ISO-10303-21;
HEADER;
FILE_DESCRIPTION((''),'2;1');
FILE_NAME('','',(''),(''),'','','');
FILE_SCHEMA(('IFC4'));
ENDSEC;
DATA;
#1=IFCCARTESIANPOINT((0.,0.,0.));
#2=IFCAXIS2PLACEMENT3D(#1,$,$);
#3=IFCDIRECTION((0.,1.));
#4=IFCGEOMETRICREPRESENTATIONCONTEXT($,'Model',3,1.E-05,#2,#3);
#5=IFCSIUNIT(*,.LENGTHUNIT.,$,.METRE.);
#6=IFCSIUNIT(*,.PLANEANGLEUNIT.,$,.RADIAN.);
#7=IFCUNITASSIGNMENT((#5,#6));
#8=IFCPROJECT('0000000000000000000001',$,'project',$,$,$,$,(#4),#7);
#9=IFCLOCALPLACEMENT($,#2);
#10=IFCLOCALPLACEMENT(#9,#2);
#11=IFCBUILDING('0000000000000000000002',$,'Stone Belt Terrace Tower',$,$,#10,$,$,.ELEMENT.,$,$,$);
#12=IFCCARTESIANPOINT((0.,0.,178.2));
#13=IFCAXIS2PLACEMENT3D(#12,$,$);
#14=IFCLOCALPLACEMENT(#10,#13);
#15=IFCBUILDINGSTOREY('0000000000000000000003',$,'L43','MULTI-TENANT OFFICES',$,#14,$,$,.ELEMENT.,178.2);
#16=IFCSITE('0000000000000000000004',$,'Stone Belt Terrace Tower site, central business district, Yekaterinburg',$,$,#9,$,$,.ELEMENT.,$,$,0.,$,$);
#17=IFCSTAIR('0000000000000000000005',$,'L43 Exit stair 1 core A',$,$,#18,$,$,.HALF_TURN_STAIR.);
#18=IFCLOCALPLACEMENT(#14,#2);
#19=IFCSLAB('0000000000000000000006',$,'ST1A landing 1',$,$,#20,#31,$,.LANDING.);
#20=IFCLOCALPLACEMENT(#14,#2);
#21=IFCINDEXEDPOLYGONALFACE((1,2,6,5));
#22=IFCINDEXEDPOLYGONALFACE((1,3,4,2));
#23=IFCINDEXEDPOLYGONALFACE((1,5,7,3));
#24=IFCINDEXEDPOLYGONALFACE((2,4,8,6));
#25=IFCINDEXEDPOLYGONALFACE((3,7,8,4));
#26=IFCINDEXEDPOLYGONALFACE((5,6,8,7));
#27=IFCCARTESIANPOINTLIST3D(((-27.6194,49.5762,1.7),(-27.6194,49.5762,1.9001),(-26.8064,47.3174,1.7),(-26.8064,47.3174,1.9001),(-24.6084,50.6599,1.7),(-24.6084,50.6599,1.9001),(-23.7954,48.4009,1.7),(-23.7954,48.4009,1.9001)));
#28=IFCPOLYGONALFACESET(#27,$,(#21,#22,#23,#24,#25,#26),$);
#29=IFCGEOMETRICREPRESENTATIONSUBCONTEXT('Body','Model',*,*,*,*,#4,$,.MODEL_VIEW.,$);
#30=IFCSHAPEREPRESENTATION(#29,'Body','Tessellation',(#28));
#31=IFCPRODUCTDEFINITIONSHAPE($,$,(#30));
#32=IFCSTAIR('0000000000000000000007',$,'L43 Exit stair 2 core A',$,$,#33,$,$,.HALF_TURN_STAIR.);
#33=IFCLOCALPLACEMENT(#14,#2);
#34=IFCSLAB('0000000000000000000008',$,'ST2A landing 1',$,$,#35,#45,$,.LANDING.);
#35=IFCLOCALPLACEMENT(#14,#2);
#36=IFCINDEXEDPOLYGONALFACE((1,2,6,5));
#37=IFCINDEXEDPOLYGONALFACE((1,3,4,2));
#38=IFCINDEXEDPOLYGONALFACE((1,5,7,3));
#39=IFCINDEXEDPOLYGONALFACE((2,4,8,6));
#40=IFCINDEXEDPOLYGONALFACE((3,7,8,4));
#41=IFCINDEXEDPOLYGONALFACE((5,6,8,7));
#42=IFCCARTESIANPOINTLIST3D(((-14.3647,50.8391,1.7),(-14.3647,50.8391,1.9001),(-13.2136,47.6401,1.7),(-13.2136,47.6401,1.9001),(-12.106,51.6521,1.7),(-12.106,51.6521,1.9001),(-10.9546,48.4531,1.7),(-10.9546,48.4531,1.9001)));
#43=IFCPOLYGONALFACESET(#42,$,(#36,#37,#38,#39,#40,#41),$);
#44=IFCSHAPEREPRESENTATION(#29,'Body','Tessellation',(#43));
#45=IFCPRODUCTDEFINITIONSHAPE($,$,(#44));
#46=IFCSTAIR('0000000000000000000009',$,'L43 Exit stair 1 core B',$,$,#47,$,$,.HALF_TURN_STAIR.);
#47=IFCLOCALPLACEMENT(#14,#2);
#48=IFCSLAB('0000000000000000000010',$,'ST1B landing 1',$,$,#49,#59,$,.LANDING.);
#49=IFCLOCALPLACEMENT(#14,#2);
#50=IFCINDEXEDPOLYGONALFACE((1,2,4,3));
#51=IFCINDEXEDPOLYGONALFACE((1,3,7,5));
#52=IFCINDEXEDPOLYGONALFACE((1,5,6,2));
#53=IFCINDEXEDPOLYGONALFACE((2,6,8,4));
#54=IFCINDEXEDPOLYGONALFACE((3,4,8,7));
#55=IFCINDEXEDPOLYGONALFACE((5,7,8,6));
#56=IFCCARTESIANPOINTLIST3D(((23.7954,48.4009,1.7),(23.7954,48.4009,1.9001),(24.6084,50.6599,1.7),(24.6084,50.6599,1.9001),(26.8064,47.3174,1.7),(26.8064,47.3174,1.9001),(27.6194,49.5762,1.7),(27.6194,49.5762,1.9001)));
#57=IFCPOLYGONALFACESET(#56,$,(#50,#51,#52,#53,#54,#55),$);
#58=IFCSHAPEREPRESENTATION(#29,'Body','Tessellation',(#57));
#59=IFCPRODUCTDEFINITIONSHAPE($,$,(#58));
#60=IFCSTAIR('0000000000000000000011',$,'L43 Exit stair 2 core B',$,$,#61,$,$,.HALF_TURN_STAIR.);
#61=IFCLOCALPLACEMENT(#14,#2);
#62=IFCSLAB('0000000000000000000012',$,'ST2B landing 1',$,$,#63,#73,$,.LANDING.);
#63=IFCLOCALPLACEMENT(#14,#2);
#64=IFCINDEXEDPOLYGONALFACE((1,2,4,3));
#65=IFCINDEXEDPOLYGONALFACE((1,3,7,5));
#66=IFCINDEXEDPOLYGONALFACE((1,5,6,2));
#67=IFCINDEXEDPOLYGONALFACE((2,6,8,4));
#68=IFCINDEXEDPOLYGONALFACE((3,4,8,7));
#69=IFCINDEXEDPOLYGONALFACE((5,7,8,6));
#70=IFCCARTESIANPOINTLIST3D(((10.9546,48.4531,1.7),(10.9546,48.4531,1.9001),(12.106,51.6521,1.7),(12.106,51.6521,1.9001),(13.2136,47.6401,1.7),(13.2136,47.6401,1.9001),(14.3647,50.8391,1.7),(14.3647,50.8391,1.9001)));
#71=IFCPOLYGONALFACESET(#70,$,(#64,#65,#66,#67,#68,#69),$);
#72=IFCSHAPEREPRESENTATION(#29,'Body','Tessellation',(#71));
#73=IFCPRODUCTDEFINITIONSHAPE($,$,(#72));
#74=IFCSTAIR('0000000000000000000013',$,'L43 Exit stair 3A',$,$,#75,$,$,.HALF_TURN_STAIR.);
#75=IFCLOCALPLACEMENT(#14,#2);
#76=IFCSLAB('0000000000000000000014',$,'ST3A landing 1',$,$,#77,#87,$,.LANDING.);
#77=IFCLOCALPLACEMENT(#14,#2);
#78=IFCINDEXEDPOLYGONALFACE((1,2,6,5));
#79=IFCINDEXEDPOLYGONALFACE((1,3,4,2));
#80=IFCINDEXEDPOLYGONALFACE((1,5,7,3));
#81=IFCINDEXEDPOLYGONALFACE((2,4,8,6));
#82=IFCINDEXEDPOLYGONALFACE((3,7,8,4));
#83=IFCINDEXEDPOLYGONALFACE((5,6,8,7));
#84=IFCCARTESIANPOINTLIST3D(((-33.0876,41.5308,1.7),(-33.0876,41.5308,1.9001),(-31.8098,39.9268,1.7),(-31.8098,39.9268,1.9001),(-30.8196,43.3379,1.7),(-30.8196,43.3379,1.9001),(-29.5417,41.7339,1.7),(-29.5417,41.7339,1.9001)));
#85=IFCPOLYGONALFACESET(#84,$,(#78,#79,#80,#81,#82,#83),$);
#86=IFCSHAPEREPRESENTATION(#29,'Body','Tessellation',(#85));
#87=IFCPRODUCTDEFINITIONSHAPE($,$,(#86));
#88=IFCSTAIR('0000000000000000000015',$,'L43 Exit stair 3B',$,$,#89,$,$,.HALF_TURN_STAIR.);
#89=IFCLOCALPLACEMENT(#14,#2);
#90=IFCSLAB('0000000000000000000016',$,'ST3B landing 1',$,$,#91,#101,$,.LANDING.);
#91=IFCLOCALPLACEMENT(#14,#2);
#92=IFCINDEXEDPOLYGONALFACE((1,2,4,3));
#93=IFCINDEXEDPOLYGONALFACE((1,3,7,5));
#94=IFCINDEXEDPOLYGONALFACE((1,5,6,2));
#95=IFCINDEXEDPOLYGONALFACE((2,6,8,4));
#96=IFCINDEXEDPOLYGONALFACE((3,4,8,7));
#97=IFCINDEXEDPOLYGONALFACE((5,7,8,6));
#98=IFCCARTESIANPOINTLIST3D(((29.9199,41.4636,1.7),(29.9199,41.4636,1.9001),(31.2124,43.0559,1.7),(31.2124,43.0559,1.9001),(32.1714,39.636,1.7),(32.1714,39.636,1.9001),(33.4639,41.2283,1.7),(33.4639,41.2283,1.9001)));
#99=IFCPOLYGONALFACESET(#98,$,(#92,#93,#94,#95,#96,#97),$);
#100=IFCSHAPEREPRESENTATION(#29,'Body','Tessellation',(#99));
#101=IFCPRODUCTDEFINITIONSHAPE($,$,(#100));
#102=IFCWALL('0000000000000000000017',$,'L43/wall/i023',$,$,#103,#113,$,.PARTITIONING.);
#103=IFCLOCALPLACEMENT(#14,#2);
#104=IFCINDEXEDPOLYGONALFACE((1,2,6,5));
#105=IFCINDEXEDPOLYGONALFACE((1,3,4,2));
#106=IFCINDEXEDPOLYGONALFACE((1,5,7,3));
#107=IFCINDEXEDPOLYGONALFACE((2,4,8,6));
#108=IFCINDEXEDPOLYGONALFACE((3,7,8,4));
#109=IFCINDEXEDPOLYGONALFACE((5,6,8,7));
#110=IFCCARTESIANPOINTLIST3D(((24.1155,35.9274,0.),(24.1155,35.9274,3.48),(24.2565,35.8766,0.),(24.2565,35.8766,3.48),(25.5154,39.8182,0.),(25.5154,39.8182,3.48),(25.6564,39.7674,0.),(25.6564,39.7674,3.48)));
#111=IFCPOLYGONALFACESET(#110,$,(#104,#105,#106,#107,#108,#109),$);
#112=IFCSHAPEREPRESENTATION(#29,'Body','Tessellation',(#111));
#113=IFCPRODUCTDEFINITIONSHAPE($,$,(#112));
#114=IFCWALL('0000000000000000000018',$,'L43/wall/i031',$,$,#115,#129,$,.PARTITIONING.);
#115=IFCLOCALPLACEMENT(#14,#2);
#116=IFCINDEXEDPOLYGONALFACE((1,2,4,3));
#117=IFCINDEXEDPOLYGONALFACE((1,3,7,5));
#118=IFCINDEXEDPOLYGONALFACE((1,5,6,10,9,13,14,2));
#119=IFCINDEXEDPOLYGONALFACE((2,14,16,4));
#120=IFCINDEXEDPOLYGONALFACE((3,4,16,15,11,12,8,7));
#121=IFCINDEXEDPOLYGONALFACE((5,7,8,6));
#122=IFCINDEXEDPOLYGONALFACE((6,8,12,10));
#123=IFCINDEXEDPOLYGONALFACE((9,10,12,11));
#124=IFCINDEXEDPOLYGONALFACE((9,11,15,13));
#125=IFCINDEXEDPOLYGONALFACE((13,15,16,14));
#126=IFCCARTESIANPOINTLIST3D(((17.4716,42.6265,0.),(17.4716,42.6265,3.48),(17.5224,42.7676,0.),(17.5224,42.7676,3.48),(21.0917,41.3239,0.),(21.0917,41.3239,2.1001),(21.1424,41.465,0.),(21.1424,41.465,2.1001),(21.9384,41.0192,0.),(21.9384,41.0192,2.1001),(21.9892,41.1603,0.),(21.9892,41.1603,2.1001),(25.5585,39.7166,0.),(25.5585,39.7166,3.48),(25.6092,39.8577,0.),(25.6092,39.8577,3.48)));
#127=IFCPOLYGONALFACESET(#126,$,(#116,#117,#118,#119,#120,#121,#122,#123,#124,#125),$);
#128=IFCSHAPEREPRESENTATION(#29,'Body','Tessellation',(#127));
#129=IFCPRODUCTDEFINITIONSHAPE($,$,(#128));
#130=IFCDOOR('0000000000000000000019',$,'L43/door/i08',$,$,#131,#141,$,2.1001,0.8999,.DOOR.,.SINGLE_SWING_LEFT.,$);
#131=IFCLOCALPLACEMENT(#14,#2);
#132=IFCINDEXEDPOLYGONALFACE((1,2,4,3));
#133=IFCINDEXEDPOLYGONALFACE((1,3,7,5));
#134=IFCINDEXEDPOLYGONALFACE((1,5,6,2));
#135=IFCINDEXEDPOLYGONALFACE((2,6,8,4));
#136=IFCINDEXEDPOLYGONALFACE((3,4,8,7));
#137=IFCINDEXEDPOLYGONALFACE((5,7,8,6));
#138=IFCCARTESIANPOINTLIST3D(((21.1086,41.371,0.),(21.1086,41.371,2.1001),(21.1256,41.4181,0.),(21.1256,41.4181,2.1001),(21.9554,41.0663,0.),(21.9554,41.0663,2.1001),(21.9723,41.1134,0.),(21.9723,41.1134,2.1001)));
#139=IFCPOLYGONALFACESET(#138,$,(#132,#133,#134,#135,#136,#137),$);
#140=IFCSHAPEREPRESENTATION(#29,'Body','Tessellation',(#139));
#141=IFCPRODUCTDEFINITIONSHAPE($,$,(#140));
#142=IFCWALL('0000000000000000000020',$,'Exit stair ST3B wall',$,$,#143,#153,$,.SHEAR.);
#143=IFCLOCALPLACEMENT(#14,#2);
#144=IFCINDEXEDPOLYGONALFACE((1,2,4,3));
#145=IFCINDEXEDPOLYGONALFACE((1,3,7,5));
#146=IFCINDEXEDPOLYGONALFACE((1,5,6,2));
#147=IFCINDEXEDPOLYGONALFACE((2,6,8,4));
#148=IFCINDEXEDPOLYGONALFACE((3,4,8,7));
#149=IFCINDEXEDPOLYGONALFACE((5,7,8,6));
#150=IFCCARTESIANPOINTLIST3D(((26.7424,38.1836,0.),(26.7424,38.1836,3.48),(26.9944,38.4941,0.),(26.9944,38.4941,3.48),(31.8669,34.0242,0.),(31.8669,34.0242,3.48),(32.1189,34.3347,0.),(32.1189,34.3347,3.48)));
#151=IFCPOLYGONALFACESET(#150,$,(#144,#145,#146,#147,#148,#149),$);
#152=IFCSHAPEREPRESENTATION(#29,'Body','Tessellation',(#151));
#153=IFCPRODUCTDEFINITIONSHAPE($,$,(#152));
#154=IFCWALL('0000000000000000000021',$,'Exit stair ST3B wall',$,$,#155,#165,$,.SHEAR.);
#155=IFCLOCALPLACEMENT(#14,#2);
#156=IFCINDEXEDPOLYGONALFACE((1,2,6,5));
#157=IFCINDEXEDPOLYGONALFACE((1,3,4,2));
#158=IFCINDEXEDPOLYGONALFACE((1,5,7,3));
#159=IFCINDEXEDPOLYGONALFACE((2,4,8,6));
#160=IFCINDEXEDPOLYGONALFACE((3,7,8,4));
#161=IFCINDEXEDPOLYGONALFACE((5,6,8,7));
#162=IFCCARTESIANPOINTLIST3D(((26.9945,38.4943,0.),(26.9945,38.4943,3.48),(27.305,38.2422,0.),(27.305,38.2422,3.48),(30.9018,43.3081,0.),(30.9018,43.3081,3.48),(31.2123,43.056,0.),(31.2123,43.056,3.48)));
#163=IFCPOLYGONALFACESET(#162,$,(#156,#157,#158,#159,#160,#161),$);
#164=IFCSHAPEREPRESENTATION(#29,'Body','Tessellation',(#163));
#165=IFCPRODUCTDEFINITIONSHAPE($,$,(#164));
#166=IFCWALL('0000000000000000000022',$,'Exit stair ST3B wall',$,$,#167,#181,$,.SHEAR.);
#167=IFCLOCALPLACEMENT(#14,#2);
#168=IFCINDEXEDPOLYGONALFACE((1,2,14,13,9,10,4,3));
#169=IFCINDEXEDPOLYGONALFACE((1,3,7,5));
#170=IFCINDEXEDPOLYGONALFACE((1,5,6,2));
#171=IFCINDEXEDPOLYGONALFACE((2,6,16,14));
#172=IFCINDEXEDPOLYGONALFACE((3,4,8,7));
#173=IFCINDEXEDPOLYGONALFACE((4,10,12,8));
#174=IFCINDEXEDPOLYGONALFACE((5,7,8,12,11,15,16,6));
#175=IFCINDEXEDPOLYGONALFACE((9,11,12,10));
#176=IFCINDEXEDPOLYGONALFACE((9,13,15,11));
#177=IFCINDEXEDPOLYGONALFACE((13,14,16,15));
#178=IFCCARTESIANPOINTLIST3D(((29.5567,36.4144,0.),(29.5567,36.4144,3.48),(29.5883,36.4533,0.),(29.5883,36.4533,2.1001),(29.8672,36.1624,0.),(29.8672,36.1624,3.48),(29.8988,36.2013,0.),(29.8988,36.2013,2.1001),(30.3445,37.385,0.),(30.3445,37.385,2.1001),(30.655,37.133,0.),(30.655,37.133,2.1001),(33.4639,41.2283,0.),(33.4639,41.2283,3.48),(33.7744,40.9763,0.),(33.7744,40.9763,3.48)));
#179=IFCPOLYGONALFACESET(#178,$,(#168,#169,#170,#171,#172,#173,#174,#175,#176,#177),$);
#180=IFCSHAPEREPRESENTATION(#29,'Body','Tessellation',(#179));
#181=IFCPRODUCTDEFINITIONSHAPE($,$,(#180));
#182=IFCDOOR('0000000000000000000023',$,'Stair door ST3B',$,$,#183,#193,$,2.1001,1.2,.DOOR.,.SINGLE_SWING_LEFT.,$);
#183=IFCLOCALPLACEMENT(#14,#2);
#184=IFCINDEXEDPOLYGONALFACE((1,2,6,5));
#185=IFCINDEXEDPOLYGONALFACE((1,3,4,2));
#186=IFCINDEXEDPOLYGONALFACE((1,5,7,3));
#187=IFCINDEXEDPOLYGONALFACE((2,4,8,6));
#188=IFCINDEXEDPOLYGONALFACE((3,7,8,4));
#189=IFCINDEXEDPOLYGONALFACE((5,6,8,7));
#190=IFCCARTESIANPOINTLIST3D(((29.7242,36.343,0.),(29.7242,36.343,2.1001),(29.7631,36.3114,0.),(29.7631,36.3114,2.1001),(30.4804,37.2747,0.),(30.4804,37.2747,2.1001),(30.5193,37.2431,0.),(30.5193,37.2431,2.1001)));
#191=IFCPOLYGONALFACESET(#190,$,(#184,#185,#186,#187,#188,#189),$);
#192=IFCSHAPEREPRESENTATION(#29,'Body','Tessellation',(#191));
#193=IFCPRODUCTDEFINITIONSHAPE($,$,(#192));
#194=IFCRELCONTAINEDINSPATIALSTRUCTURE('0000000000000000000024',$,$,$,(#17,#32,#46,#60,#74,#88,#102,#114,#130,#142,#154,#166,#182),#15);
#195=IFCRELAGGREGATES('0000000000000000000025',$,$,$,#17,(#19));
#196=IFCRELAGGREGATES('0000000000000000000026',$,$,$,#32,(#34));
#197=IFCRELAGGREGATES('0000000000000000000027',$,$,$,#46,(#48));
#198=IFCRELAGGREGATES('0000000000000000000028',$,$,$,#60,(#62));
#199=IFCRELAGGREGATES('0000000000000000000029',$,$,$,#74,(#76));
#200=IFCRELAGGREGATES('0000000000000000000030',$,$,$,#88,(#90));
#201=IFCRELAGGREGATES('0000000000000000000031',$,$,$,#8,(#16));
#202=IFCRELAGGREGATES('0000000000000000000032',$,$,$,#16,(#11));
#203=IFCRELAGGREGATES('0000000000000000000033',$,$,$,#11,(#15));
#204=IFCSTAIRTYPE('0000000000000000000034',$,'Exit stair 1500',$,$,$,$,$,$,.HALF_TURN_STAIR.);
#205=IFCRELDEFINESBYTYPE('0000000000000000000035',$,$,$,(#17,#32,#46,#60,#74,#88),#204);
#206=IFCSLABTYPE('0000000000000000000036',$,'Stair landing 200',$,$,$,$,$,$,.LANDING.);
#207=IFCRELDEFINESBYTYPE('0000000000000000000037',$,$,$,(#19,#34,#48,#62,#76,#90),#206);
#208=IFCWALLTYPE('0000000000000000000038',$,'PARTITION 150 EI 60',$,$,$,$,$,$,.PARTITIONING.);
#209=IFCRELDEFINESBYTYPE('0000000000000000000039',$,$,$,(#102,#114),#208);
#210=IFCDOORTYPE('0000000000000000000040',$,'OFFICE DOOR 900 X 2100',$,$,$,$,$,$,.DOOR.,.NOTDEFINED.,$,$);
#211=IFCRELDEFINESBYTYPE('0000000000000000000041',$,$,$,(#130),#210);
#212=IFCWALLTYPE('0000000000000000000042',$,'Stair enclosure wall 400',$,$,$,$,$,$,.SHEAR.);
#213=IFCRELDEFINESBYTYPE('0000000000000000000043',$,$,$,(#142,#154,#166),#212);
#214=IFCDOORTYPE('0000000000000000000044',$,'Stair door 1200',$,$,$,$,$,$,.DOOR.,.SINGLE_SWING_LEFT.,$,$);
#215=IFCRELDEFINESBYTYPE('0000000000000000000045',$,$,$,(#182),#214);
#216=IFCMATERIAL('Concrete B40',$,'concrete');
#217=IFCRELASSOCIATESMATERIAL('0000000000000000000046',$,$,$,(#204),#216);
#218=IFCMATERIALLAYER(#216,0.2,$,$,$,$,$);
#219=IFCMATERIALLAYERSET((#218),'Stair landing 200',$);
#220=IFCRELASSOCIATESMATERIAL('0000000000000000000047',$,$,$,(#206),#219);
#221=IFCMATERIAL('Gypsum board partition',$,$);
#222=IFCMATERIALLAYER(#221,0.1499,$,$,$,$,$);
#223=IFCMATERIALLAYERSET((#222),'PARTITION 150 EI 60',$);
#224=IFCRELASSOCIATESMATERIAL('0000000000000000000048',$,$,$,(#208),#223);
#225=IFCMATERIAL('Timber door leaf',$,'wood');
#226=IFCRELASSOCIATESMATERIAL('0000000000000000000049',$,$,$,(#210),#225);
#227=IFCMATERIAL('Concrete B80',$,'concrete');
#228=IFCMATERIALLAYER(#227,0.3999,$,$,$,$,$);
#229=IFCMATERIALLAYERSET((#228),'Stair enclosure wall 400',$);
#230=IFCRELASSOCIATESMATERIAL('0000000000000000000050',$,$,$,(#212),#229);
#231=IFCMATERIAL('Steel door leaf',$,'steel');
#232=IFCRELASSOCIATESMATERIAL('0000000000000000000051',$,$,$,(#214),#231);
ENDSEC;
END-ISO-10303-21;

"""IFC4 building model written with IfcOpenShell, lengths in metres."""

from ifc_helpers import new_model, si_unit, direction, frame, frame_2d, origin, place, context, subcontext, project, spatial, polyline, rectangle, outline, extrude, material, layer, layer_set, type_object, element, fill, aggregate, save


model = new_model("IFC4")

# Units and contexts
model_context = context("Model", 3, precision=1e-05, world=origin(), true_north=direction((0.0, 1.0)))
body_context = subcontext(model_context, "Body", "Model", "MODEL_VIEW")
ifc_project = project(units=[si_unit("LENGTHUNIT", "METRE"), si_unit("PLANEANGLEUNIT", "RADIAN")], contexts=[model_context])

# Site, building, storey
site_placement = place(None, origin())
site = spatial("IfcSite", under=ifc_project, at=site_placement, Name="Stone Belt Terrace Tower site, central business district, Yekaterinburg", CompositionType="ELEMENT", RefElevation=0.0)
building_placement = place(site_placement, origin())
building = spatial("IfcBuilding", under=site, at=building_placement, Name="Stone Belt Terrace Tower", CompositionType="ELEMENT")
storey_placement = place(building_placement, frame((0.0, 0.0, 178.2)))
storey = spatial("IfcBuildingStorey", under=building, at=storey_placement, Name="L43", Description="MULTI-TENANT OFFICES", CompositionType="ELEMENT", Elevation=178.2)

# Shared definitions
ifc_material_1 = material(Name="Concrete B80", Category="concrete")

# Shared definitions
ifc_material_2 = material(Name="Concrete B40", Category="concrete")

# Stairs, slabs
stair_type = type_object("IfcStairType", Name="Exit stair 1500", PredefinedType="HALF_TURN_STAIR", material=ifc_material_2)
stair_1_placement = place(storey_placement, origin())
stair_1 = element("IfcStair", 1, at=stair_1_placement, inside=storey, type_object=stair_type, Name="L43 Exit stair 1 core A", PredefinedType="HALF_TURN_STAIR")
ifc_layer_1 = layer(ifc_material_2, 0.2)
ifc_layer_set_1 = layer_set([ifc_layer_1], Name="Stair landing 200")
slab_type_1 = type_object("IfcSlabType", Name="Stair landing 200", PredefinedType="LANDING", material=ifc_layer_set_1)
slab_1_placement = place(storey_placement, frame((0.0, 0.0, 1.7)))
slab_1 = element("IfcSlab", 2, at=slab_1_placement, type_object=slab_type_1, Name="ST1A landing 1", PredefinedType="LANDING", context=body_context, shape_type="SweptSolid", body=[
    extrude(outline(polyline([(-23.7954, 48.4009), (-24.6084, 50.6599), (-27.6194, 49.5762), (-26.8064, 47.3174), (-23.7954, 48.4009)])), origin(), (0.0, 0.0, 1.0), 0.2002),
])
aggregate(stair_1, [slab_1])
stair_2_placement = place(storey_placement, origin())
stair_2 = element("IfcStair", 3, at=stair_2_placement, inside=storey, type_object=stair_type, Name="L43 Exit stair 2 core A", PredefinedType="HALF_TURN_STAIR")
slab_2_placement = place(storey_placement, frame((0.0, 0.0, 1.7)))
slab_2 = element("IfcSlab", 4, at=slab_2_placement, type_object=slab_type_1, Name="ST2A landing 1", PredefinedType="LANDING", context=body_context, shape_type="SweptSolid", body=[
    extrude(outline(polyline([(-13.2136, 47.6401), (-10.9546, 48.4531), (-12.106, 51.6521), (-14.3647, 50.8391), (-13.2136, 47.6401)])), origin(), (0.0, 0.0, 1.0), 0.2002),
])
aggregate(stair_2, [slab_2])
stair_3_placement = place(storey_placement, origin())
stair_3 = element("IfcStair", 5, at=stair_3_placement, inside=storey, type_object=stair_type, Name="L43 Exit stair 1 core B", PredefinedType="HALF_TURN_STAIR")
slab_3_placement = place(storey_placement, frame((0.0, 0.0, 1.7)))
slab_3 = element("IfcSlab", 6, at=slab_3_placement, type_object=slab_type_1, Name="ST1B landing 1", PredefinedType="LANDING", context=body_context, shape_type="SweptSolid", body=[
    extrude(outline(polyline([(26.8064, 47.3174), (27.6194, 49.5762), (24.6084, 50.6599), (23.7954, 48.4009), (26.8064, 47.3174)])), origin(), (0.0, 0.0, 1.0), 0.2002),
])
aggregate(stair_3, [slab_3])
stair_4_placement = place(storey_placement, origin())
stair_4 = element("IfcStair", 7, at=stair_4_placement, inside=storey, type_object=stair_type, Name="L43 Exit stair 2 core B", PredefinedType="HALF_TURN_STAIR")
slab_4_placement = place(storey_placement, frame((0.0, 0.0, 1.7)))
slab_4 = element("IfcSlab", 8, at=slab_4_placement, type_object=slab_type_1, Name="ST2B landing 1", PredefinedType="LANDING", context=body_context, shape_type="SweptSolid", body=[
    extrude(outline(polyline([(14.3647, 50.8391), (12.106, 51.6521), (10.9546, 48.4531), (13.2136, 47.6401), (14.3647, 50.8391)])), origin(), (0.0, 0.0, 1.0), 0.2002),
])
aggregate(stair_4, [slab_4])
stair_5_placement = place(storey_placement, origin())
stair_5 = element("IfcStair", 9, at=stair_5_placement, inside=storey, type_object=stair_type, Name="L43 Exit stair 3A", PredefinedType="HALF_TURN_STAIR")
slab_5_placement = place(storey_placement, frame((0.0, 0.0, 1.7)))
slab_5 = element("IfcSlab", 10, at=slab_5_placement, type_object=slab_type_1, Name="ST3A landing 1", PredefinedType="LANDING", context=body_context, shape_type="SweptSolid", body=[
    extrude(outline(polyline([(-29.5417, 41.7339), (-30.8196, 43.3379), (-33.0876, 41.5308), (-31.8098, 39.9268), (-29.5417, 41.7339)])), origin(), (0.0, 0.0, 1.0), 0.2002),
])
aggregate(stair_5, [slab_5])
stair_6_placement = place(storey_placement, origin())
stair_6 = element("IfcStair", 11, at=stair_6_placement, inside=storey, type_object=stair_type, Name="L43 Exit stair 3B", PredefinedType="HALF_TURN_STAIR")
slab_6_placement = place(storey_placement, frame((0.0, 0.0, 1.7)))
slab_6 = element("IfcSlab", 12, at=slab_6_placement, type_object=slab_type_1, Name="ST3B landing 1", PredefinedType="LANDING", context=body_context, shape_type="SweptSolid", body=[
    extrude(outline(polyline([(32.1714, 39.636), (33.4639, 41.2283), (31.2124, 43.0559), (29.9199, 41.4636), (32.1714, 39.636)])), origin(), (0.0, 0.0, 1.0), 0.2002),
])

# Wall
ifc_material_3 = material(Name="Gypsum board partition")
ifc_layer_2 = layer(ifc_material_3, 0.1499)
ifc_layer_set_2 = layer_set([ifc_layer_2], Name="PARTITION 150 EI 60")
wall_type_1 = type_object("IfcWallType", Name="PARTITION 150 EI 60", PredefinedType="PARTITIONING", material=ifc_layer_set_2)
wall_1_placement = place(storey_placement, frame((24.186, 35.9021, 0.0), z_axis=(0.0, 0.0, 1.0), x_axis=(0.338546, 0.94095, 0.0)))
element("IfcWall", 13, at=wall_1_placement, inside=storey, type_object=wall_type_1, Name="L43/wall/i023", PredefinedType="PARTITIONING", context=body_context, shape_type="SweptSolid", body=[
    extrude(rectangle(XDim=4.135, YDim=0.1499, at=frame_2d((2.0674, 0.0))), origin(), (0.0, 0.0, 1.0), 3.48),
])

# Wall, opening, door
wall_2_placement = place(storey_placement, frame((25.584, 39.7871, 0.0), z_axis=(0.0, 0.0, 1.0), x_axis=(-0.940938, 0.338578, 0.0)))
wall_2 = element("IfcWall", 14, at=wall_2_placement, inside=storey, type_object=wall_type_1, Name="L43/wall/i031", PredefinedType="PARTITIONING", context=body_context, shape_type="SweptSolid", body=[
    extrude(rectangle(XDim=8.5945, YDim=0.1499, at=frame_2d((4.2974, 0.0))), origin(), (0.0, 0.0, 1.0), 3.48),
])
opening_1_placement = place(wall_2_placement, frame((3.8474, 0.0, 0.0)))
opening_1 = element("IfcOpeningElement", 15, at=opening_1_placement, cuts=wall_2, PredefinedType="OPENING", context=body_context, shape_type="SweptSolid", body=[
    extrude(rectangle(XDim=0.8999, YDim=2.1001, at=frame_2d((0.45, 1.05))), frame((0.0, 0.085, 0.0), z_axis=(0.0, -1.0, 0.0), x_axis=(1.0, 0.0, 0.0)), (0.0, 0.0, 1.0), 0.1699),
])
ifc_material_4 = material(Name="Timber door leaf", Category="wood")
door_type_1 = type_object("IfcDoorType", Name="OFFICE DOOR 900 X 2100", OperationType="NOTDEFINED", PredefinedType="DOOR", material=ifc_material_4)
door_1_placement = place(opening_1_placement, origin())
door_1 = element("IfcDoor", 16, at=door_1_placement, inside=storey, type_object=door_type_1, Name="L43/door/i08", OperationType="SINGLE_SWING_LEFT", OverallHeight=2.1001, OverallWidth=0.8999, PredefinedType="DOOR", context=body_context, shape_type="SweptSolid", body=[
    extrude(rectangle(XDim=0.8999, YDim=2.1001, at=frame_2d((0.45, 1.05))), frame((0.0, 0.0249, 0.0), z_axis=(0.0, -1.0, 0.0), x_axis=(1.0, 0.0, 0.0)), (0.0, 0.0, 1.0), 0.05),
])
fill(opening_1, door_1)

# Walls
ifc_layer_3 = layer(ifc_material_1, 0.3999)
ifc_layer_set_3 = layer_set([ifc_layer_3], Name="Stair enclosure wall 400")
wall_type_2 = type_object("IfcWallType", Name="Stair enclosure wall 400", PredefinedType="SHEAR", material=ifc_layer_set_3)
wall_3_placement = place(storey_placement, frame((26.8684, 38.3389, 0.0), z_axis=(0.0, 0.0, 1.0), x_axis=(0.776428, -0.630205, 0.0)))
element("IfcWall", 17, at=wall_3_placement, inside=storey, type_object=wall_type_2, Name="Exit stair ST3B wall", PredefinedType="SHEAR", context=body_context, shape_type="SweptSolid", body=[
    extrude(rectangle(XDim=6.6001, YDim=0.3999, at=frame_2d((3.3, 0.0))), origin(), (0.0, 0.0, 1.0), 3.48),
])
wall_4_placement = place(storey_placement, frame((27.1497, 38.3682, 0.0), z_axis=(0.0, 0.0, 1.0), x_axis=(0.630212, 0.776423, 0.0)))
element("IfcWall", 18, at=wall_4_placement, inside=storey, type_object=wall_type_2, Name="Exit stair ST3B wall", PredefinedType="SHEAR", context=body_context, shape_type="SweptSolid", body=[
    extrude(rectangle(XDim=6.2, YDim=0.3999, at=frame_2d((3.1001, 0.0))), origin(), (0.0, 0.0, 1.0), 3.48),
])

# Wall, opening, door
wall_5_placement = place(storey_placement, frame((29.7119, 36.2883, 0.0), z_axis=(0.0, 0.0, 1.0), x_axis=(0.630192, 0.776439, 0.0)))
wall_5 = element("IfcWall", 19, at=wall_5_placement, inside=storey, type_object=wall_type_2, Name="Exit stair ST3B wall", PredefinedType="SHEAR", context=body_context, shape_type="SweptSolid", body=[
    extrude(rectangle(XDim=6.2, YDim=0.3999, at=frame_2d((3.1001, 0.0))), origin(), (0.0, 0.0, 1.0), 3.48),
])
opening_2_placement = place(wall_5_placement, frame((0.05, 0.0, 0.0)))
opening_2 = element("IfcOpeningElement", 20, at=opening_2_placement, cuts=wall_5, PredefinedType="OPENING", context=body_context, shape_type="SweptSolid", body=[
    extrude(rectangle(XDim=1.2, YDim=2.1001, at=frame_2d((0.6001, 1.05))), frame((0.0, 0.21, 0.0), z_axis=(0.0, -1.0, 0.0), x_axis=(1.0, 0.0, 0.0)), (0.0, 0.0, 1.0), 0.4199),
])
ifc_material_5 = material(Name="Steel door leaf", Category="steel")
door_type_2 = type_object("IfcDoorType", Name="Stair door 1200", OperationType="SINGLE_SWING_LEFT", PredefinedType="DOOR", material=ifc_material_5)
door_2_placement = place(opening_2_placement, origin())
door_2 = element("IfcDoor", 21, at=door_2_placement, inside=storey, type_object=door_type_2, Name="Stair door ST3B", OperationType="SINGLE_SWING_LEFT", OverallHeight=2.1001, OverallWidth=1.2, PredefinedType="DOOR", context=body_context, shape_type="SweptSolid", body=[
    extrude(rectangle(XDim=1.2, YDim=2.1001, at=frame_2d((0.6001, 1.05))), frame((0.0, 0.0249, 0.0), z_axis=(0.0, -1.0, 0.0), x_axis=(1.0, 0.0, 0.0)), (0.0, 0.0, 1.0), 0.05),
])
fill(opening_2, door_2)

aggregate(stair_6, [slab_6])

save(model, "model.ifc")
